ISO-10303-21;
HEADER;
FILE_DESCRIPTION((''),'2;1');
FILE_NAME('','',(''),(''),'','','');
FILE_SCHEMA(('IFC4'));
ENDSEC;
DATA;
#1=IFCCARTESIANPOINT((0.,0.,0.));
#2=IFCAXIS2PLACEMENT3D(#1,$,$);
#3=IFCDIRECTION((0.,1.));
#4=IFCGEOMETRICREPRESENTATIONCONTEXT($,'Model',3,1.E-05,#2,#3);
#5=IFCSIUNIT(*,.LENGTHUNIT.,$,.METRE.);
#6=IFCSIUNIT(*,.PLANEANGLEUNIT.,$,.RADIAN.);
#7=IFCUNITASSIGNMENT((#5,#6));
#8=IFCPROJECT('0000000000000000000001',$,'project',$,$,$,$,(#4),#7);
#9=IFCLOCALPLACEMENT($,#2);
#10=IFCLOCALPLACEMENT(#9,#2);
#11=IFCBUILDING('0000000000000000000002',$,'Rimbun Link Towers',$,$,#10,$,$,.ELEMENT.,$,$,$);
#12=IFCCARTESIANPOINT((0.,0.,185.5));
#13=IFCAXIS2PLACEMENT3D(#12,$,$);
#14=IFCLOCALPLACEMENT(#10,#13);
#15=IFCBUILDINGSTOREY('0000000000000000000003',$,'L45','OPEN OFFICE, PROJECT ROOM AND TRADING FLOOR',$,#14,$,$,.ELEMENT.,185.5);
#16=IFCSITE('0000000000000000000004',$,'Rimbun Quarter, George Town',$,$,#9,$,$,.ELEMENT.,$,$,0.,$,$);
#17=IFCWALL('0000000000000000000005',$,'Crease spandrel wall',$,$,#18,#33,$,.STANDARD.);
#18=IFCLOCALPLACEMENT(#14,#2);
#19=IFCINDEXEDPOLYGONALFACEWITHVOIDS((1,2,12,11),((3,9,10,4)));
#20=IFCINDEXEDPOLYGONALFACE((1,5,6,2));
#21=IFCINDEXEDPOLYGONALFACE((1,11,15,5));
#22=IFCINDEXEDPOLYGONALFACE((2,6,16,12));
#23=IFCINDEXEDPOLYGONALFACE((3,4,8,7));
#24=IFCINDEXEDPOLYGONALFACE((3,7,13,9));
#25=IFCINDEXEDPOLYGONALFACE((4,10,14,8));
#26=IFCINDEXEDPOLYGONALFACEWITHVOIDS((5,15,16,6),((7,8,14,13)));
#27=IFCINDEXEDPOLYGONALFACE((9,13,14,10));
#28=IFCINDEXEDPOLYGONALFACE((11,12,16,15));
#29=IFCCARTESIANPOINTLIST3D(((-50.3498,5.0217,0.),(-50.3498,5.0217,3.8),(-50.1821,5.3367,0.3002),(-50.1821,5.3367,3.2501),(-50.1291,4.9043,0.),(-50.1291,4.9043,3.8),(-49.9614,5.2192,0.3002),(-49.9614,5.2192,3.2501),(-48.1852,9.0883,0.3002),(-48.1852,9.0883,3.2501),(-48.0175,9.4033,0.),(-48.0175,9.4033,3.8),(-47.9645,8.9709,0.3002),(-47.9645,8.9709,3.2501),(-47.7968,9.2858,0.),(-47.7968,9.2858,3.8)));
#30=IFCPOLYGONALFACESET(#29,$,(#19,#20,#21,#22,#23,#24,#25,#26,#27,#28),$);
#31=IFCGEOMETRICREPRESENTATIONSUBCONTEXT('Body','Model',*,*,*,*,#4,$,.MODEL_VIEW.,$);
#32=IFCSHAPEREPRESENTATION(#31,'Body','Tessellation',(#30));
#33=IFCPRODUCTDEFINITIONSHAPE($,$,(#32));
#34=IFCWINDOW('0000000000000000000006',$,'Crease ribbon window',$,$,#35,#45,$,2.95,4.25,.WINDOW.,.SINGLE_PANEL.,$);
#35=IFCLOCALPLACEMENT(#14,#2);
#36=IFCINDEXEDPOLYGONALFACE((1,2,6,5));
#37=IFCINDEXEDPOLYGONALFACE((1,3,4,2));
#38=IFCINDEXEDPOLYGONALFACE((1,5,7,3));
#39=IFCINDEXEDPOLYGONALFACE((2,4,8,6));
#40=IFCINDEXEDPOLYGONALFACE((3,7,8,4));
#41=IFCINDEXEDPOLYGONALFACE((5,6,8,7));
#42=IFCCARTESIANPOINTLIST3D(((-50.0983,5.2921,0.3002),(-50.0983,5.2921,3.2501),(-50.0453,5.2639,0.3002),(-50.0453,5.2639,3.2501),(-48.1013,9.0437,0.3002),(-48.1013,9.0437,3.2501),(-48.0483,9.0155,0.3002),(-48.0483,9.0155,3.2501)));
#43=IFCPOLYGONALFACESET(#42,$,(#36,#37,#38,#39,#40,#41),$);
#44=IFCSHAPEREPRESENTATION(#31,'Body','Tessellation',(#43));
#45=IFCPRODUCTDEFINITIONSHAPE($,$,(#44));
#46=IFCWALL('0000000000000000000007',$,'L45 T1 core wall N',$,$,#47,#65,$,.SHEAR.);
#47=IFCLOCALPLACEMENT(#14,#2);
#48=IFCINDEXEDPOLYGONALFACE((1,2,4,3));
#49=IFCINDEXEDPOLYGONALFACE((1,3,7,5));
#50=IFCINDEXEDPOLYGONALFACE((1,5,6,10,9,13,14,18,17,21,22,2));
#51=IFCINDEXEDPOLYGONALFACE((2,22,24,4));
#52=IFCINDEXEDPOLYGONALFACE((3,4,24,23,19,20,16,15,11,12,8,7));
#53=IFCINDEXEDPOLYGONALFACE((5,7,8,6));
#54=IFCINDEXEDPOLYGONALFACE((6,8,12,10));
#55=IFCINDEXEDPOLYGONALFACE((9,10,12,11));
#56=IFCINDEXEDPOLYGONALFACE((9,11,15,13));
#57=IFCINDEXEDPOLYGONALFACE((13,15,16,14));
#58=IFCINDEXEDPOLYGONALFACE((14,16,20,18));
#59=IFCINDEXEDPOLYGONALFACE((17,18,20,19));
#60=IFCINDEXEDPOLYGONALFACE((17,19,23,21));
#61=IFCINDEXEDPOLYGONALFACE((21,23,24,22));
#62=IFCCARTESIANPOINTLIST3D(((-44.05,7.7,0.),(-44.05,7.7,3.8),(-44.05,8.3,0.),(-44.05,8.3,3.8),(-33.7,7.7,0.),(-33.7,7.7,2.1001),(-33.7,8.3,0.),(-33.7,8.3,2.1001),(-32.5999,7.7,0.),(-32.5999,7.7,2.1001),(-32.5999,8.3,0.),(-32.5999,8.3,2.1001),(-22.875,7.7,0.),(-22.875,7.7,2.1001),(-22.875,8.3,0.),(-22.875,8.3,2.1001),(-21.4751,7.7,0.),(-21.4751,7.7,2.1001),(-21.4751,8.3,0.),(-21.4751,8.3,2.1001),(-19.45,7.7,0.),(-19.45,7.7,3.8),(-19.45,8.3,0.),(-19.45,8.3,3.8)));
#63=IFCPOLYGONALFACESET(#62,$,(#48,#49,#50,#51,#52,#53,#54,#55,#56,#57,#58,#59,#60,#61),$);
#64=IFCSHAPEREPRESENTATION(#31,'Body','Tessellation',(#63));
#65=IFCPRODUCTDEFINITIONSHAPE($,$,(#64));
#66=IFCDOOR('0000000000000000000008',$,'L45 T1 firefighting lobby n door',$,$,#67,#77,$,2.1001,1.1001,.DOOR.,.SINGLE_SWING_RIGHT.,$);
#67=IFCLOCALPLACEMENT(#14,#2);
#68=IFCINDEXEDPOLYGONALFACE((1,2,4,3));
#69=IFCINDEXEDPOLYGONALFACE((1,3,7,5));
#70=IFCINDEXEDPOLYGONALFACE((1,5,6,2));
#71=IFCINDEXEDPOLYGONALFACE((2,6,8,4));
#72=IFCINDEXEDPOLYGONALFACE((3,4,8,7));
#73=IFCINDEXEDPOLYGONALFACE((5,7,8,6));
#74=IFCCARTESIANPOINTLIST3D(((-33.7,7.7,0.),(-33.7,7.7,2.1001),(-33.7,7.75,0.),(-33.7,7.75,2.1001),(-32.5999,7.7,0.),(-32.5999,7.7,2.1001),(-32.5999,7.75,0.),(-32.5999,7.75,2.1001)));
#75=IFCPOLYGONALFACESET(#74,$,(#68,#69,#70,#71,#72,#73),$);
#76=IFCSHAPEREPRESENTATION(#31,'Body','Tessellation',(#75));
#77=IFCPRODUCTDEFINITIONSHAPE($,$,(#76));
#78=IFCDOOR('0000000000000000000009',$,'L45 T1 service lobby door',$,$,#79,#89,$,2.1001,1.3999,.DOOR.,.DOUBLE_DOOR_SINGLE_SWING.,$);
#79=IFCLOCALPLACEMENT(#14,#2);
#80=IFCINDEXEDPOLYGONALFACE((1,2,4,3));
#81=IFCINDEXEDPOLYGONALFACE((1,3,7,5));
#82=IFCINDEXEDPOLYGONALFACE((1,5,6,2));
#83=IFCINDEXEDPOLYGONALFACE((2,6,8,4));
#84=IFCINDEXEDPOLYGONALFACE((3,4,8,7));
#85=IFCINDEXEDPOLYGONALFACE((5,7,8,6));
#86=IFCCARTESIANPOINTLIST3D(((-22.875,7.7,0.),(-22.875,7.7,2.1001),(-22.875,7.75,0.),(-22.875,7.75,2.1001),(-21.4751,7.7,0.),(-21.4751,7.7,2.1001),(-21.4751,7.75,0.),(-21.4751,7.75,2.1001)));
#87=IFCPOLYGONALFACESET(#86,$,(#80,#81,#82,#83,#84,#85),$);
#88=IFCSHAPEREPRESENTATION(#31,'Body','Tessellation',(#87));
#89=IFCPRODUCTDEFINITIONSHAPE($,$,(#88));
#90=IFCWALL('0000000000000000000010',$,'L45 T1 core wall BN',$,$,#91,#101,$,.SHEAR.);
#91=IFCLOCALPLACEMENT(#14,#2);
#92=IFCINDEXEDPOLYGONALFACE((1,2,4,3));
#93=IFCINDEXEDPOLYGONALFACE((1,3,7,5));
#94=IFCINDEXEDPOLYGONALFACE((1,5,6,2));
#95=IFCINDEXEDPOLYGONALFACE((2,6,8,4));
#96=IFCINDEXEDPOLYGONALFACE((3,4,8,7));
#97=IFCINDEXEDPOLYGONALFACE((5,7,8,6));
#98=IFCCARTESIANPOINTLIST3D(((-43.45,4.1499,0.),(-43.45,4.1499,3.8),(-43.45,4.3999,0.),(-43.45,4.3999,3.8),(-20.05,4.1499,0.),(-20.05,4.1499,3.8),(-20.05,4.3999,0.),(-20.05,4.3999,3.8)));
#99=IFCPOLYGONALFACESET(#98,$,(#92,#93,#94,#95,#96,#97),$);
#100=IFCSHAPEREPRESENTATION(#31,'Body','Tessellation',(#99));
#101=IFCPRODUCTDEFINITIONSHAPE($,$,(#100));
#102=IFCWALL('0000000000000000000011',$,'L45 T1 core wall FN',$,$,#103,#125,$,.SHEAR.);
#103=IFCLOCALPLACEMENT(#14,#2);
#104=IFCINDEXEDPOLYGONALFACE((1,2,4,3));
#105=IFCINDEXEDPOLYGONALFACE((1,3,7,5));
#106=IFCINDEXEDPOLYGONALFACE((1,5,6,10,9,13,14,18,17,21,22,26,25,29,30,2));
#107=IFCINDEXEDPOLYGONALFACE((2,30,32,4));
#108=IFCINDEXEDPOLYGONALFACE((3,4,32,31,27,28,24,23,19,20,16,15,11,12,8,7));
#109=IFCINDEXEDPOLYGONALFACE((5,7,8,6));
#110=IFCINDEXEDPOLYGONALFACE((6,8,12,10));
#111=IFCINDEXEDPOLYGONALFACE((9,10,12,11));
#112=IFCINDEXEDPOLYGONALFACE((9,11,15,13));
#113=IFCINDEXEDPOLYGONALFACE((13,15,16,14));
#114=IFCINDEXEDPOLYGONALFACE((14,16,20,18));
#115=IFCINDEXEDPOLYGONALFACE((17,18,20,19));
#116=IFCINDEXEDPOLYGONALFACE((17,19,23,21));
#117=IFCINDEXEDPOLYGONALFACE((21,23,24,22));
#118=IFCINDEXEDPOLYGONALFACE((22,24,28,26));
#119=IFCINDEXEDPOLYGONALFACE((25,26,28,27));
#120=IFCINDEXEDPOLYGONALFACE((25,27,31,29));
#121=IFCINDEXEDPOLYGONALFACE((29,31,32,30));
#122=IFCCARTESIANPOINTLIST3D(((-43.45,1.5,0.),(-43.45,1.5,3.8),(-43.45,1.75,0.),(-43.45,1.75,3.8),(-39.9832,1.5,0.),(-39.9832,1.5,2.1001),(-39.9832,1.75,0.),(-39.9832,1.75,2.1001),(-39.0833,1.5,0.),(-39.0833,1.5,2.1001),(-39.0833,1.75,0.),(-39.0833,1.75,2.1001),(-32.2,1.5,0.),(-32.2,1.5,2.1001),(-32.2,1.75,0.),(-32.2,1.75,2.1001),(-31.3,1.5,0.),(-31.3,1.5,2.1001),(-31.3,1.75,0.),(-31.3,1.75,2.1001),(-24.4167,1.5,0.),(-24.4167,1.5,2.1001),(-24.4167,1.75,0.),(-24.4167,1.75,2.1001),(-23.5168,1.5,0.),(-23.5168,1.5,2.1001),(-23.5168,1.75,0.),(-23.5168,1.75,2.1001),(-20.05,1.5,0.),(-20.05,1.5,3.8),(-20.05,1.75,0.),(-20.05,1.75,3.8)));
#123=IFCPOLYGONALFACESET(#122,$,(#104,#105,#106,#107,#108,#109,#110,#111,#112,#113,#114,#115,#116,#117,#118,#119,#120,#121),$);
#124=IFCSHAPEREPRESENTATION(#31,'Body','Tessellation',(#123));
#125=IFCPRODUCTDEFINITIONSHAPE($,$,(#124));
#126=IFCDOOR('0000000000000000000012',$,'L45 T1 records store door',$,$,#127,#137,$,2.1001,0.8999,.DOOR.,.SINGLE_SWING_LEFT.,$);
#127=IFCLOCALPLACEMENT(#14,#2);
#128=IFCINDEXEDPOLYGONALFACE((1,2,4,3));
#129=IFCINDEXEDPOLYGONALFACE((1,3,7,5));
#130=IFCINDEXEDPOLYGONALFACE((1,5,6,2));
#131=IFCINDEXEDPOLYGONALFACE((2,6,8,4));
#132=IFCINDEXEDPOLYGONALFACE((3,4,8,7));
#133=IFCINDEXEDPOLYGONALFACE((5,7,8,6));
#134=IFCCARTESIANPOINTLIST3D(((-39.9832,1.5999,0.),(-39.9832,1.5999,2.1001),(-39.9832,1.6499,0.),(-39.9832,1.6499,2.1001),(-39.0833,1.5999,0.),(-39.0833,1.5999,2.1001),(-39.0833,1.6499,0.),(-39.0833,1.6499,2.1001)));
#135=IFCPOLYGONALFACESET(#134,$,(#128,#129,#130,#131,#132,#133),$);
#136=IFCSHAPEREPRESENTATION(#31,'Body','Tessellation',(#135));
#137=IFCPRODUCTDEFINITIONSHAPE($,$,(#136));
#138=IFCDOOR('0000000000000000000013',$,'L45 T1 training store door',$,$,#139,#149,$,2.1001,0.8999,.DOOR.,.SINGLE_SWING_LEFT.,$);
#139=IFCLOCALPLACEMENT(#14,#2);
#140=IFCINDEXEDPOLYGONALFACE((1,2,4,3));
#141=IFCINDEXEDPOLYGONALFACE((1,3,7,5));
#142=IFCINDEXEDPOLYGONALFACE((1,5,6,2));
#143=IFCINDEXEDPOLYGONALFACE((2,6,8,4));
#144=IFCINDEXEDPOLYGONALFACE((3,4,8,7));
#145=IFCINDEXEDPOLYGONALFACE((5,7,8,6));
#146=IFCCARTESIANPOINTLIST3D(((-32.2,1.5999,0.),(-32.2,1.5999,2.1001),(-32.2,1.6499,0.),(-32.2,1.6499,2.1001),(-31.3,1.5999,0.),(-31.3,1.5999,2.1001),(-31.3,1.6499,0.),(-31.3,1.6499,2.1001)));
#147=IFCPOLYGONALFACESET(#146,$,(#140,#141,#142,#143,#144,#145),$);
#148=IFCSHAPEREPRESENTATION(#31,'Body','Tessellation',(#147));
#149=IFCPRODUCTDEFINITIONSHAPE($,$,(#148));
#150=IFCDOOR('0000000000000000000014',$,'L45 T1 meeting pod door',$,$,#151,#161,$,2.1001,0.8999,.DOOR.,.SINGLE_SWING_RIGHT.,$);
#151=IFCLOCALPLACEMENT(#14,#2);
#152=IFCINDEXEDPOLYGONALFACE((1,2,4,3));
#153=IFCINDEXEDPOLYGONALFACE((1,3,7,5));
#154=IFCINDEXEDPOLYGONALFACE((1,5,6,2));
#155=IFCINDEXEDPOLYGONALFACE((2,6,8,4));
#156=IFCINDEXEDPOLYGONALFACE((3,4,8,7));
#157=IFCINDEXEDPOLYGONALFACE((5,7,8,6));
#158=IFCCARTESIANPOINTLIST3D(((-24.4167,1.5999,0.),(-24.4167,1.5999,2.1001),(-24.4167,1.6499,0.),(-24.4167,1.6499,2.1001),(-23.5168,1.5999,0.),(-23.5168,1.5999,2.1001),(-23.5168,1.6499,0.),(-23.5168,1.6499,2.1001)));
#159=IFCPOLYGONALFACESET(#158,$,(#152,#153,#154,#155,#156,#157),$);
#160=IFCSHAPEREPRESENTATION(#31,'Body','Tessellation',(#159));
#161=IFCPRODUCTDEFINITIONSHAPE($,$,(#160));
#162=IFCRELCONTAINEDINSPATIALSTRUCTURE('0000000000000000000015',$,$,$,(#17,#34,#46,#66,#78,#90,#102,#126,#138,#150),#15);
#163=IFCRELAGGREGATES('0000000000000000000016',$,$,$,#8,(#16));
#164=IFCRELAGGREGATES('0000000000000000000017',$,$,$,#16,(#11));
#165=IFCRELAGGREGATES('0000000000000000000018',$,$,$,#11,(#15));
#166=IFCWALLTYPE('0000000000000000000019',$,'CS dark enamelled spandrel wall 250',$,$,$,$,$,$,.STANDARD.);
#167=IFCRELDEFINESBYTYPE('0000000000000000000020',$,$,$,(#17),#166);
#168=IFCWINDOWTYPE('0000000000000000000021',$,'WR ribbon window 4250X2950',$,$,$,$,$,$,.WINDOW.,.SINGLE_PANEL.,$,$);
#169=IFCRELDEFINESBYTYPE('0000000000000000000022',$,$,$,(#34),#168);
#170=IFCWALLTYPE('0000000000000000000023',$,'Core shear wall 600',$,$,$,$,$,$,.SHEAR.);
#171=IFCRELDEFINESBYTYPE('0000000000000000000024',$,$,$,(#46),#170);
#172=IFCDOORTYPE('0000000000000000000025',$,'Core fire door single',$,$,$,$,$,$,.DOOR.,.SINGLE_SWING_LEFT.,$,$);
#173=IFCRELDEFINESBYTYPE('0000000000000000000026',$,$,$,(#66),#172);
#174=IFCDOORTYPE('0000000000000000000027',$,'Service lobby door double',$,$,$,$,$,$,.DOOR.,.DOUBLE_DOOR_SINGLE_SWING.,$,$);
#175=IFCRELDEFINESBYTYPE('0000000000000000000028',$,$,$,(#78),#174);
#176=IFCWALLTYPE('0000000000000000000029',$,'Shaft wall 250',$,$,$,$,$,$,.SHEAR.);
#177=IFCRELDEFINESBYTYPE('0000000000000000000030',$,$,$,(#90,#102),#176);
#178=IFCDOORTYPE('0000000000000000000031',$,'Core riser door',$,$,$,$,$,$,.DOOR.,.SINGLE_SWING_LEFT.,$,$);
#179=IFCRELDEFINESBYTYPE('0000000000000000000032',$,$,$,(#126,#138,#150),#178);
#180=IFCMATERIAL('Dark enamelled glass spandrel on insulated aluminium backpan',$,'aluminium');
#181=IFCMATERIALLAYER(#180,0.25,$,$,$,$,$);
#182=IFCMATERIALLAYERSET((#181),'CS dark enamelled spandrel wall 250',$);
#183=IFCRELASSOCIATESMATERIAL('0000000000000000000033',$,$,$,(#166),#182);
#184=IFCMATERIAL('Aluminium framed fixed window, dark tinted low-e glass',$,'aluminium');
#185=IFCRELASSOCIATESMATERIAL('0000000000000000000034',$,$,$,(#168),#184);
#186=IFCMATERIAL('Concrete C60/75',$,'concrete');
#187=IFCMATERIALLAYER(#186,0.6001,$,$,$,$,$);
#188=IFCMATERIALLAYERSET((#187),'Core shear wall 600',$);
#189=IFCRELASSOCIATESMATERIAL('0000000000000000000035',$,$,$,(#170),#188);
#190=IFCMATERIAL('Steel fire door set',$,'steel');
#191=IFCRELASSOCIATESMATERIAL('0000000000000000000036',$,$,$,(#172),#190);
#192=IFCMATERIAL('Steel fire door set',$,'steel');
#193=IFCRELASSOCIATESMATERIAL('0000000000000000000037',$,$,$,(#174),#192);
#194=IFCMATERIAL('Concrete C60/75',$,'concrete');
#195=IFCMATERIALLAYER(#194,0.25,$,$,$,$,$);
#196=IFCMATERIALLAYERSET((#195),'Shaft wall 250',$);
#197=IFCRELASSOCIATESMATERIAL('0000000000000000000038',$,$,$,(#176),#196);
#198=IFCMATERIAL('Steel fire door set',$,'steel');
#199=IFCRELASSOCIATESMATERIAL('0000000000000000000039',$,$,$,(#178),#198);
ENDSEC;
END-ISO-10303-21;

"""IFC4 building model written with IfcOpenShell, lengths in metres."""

from ifc_helpers import new_model, si_unit, direction, frame, frame_2d, origin, place, context, subcontext, project, spatial, rectangle, extrude, material, layer, layer_set, type_object, element, fill, save


model = new_model("IFC4")

# Units and contexts
model_context = context("Model", 3, precision=1e-05, world=origin(), true_north=direction((0.0, 1.0)))
body_context = subcontext(model_context, "Body", "Model", "MODEL_VIEW")
ifc_project = project(units=[si_unit("LENGTHUNIT", "METRE"), si_unit("PLANEANGLEUNIT", "RADIAN")], contexts=[model_context])

# Site, building, storey
site_placement = place(None, origin())
site = spatial("IfcSite", under=ifc_project, at=site_placement, Name="Rimbun Quarter, George Town", CompositionType="ELEMENT", RefElevation=0.0)
building_placement = place(site_placement, origin())
building = spatial("IfcBuilding", under=site, at=building_placement, Name="Rimbun Link Towers", CompositionType="ELEMENT")
storey_placement = place(building_placement, frame((0.0, 0.0, 185.5)))
storey = spatial("IfcBuildingStorey", under=building, at=storey_placement, Name="L45", Description="OPEN OFFICE, PROJECT ROOM AND TRADING FLOOR", CompositionType="ELEMENT", Elevation=185.5)

# Wall, opening, window
ifc_material_1 = material(Name="Dark enamelled glass spandrel on insulated aluminium backpan", Category="aluminium")
ifc_layer_1 = layer(ifc_material_1, 0.25)
ifc_layer_set_1 = layer_set([ifc_layer_1], Name="CS dark enamelled spandrel wall 250")
wall_type_1 = type_object("IfcWallType", Name="CS dark enamelled spandrel wall 250", PredefinedType="STANDARD", material=ifc_layer_set_1)
wall_1_placement = place(storey_placement, frame((-50.2395, 4.9629, 0.0), z_axis=(0.0, 0.0, 1.0), x_axis=(0.469871, 0.882735, 0.0)))
wall_1 = element("IfcWall", 1, at=wall_1_placement, inside=storey, type_object=wall_type_1, Name="Crease spandrel wall", PredefinedType="STANDARD", context=body_context, shape_type="SweptSolid", body=[
    extrude(rectangle(XDim=4.9636, YDim=0.25, at=frame_2d((2.4819, 0.0))), origin(), (0.0, 0.0, 1.0), 3.8),
])
opening_1_placement = place(wall_1_placement, frame((0.3569, 0.0, 0.3)))
opening_1 = element("IfcOpeningElement", 2, at=opening_1_placement, cuts=wall_1, PredefinedType="OPENING", context=body_context, shape_type="SweptSolid", body=[
    extrude(rectangle(XDim=4.25, YDim=2.95, at=frame_2d((2.125, 1.4751))), frame((0.0, 0.135, 0.0), z_axis=(0.0, -1.0, 0.0), x_axis=(1.0, 0.0, 0.0)), (0.0, 0.0, 1.0), 0.27),
])
ifc_material_2 = material(Name="Aluminium framed fixed window, dark tinted low-e glass", Category="aluminium")
window_type_1 = type_object("IfcWindowType", Name="WR ribbon window 4250X2950", PartitioningType="SINGLE_PANEL", PredefinedType="WINDOW", material=ifc_material_2)
window_1_placement = place(opening_1_placement, origin())
window_1 = element("IfcWindow", 3, at=window_1_placement, inside=storey, type_object=window_type_1, Name="Crease ribbon window", OverallHeight=2.95, OverallWidth=4.25, PartitioningType="SINGLE_PANEL", PredefinedType="WINDOW", context=body_context, shape_type="SweptSolid", body=[
    extrude(rectangle(XDim=4.25, YDim=2.95, at=frame_2d((2.125, 1.4751))), frame((0.0, 0.03, 0.0), z_axis=(0.0, -1.0, 0.0), x_axis=(1.0, 0.0, 0.0)), (0.0, 0.0, 1.0), 0.0601),
])
fill(opening_1, window_1)

# Wall, openings, doors
ifc_material_3 = material(Name="Concrete C60/75", Category="concrete")
ifc_layer_2 = layer(ifc_material_3, 0.6001)
ifc_layer_set_2 = layer_set([ifc_layer_2], Name="Core shear wall 600")
wall_type_2 = type_object("IfcWallType", Name="Core shear wall 600", PredefinedType="SHEAR", material=ifc_layer_set_2)
wall_2_placement = place(storey_placement, frame((-44.05, 8.0, 0.0), z_axis=(0.0, 0.0, 1.0), x_axis=(1.0, 0.0, 0.0)))
wall_2 = element("IfcWall", 4, at=wall_2_placement, inside=storey, type_object=wall_type_2, Name="L45 T1 core wall N", PredefinedType="SHEAR", context=body_context, shape_type="SweptSolid", body=[
    extrude(rectangle(XDim=24.6001, YDim=0.6001, at=frame_2d((12.3, 0.0))), origin(), (0.0, 0.0, 1.0), 3.8),
])
opening_2_placement = place(wall_2_placement, frame((10.3501, 0.0, 0.0)))
opening_2 = element("IfcOpeningElement", 5, at=opening_2_placement, cuts=wall_2, PredefinedType="OPENING", context=body_context, shape_type="SweptSolid", body=[
    extrude(rectangle(XDim=1.1001, YDim=2.1001, at=frame_2d((0.55, 1.05))), frame((0.0, 0.3101, 0.0), z_axis=(0.0, -1.0, 0.0), x_axis=(1.0, 0.0, 0.0)), (0.0, 0.0, 1.0), 0.6201),
])
opening_3_placement = place(wall_2_placement, frame((21.175, 0.0, 0.0)))
opening_3 = element("IfcOpeningElement", 6, at=opening_3_placement, cuts=wall_2, PredefinedType="OPENING", context=body_context, shape_type="SweptSolid", body=[
    extrude(rectangle(XDim=1.3999, YDim=2.1001, at=frame_2d((0.7, 1.05))), frame((0.0, 0.3101, 0.0), z_axis=(0.0, -1.0, 0.0), x_axis=(1.0, 0.0, 0.0)), (0.0, 0.0, 1.0), 0.6201),
])
ifc_material_4 = material(Name="Steel fire door set", Category="steel")
door_type_1 = type_object("IfcDoorType", Name="Core fire door single", OperationType="SINGLE_SWING_LEFT", PredefinedType="DOOR", material=ifc_material_4)
door_1_placement = place(opening_2_placement, origin())
door_1 = element("IfcDoor", 7, at=door_1_placement, inside=storey, type_object=door_type_1, Name="L45 T1 firefighting lobby n door", OperationType="SINGLE_SWING_RIGHT", OverallHeight=2.1001, OverallWidth=1.1001, PredefinedType="DOOR", context=body_context, shape_type="SweptSolid", body=[
    extrude(rectangle(XDim=1.1001, YDim=2.1001, at=frame_2d((0.55, 1.05))), frame((0.0, -0.25, 0.0), z_axis=(0.0, -1.0, 0.0), x_axis=(1.0, 0.0, 0.0)), (0.0, 0.0, 1.0), 0.05),
])
fill(opening_2, door_1)
ifc_material_5 = material(Name="Steel fire door set", Category="steel")
door_type_2 = type_object("IfcDoorType", Name="Service lobby door double", OperationType="DOUBLE_DOOR_SINGLE_SWING", PredefinedType="DOOR", material=ifc_material_5)
door_2_placement = place(opening_3_placement, origin())
door_2 = element("IfcDoor", 8, at=door_2_placement, inside=storey, type_object=door_type_2, Name="L45 T1 service lobby door", OperationType="DOUBLE_DOOR_SINGLE_SWING", OverallHeight=2.1001, OverallWidth=1.3999, PredefinedType="DOOR", context=body_context, shape_type="SweptSolid", body=[
    extrude(rectangle(XDim=1.3999, YDim=2.1001, at=frame_2d((0.7, 1.05))), frame((0.0, -0.25, 0.0), z_axis=(0.0, -1.0, 0.0), x_axis=(1.0, 0.0, 0.0)), (0.0, 0.0, 1.0), 0.05),
])
fill(opening_3, door_2)

# Wall
ifc_material_6 = material(Name="Concrete C60/75", Category="concrete")
ifc_layer_3 = layer(ifc_material_6, 0.25)
ifc_layer_set_3 = layer_set([ifc_layer_3], Name="Shaft wall 250")
wall_type_3 = type_object("IfcWallType", Name="Shaft wall 250", PredefinedType="SHEAR", material=ifc_layer_set_3)
wall_3_placement = place(storey_placement, frame((-43.45, 4.2749, 0.0), z_axis=(0.0, 0.0, 1.0), x_axis=(1.0, 0.0, 0.0)))
element("IfcWall", 9, at=wall_3_placement, inside=storey, type_object=wall_type_3, Name="L45 T1 core wall BN", PredefinedType="SHEAR", context=body_context, shape_type="SweptSolid", body=[
    extrude(rectangle(XDim=23.3999, YDim=0.25, at=frame_2d((11.7, 0.0))), origin(), (0.0, 0.0, 1.0), 3.8),
])

# Wall, openings, doors
wall_4_placement = place(storey_placement, frame((-43.45, 1.625, 0.0), z_axis=(0.0, 0.0, 1.0), x_axis=(1.0, 0.0, 0.0)))
wall_4 = element("IfcWall", 10, at=wall_4_placement, inside=storey, type_object=wall_type_3, Name="L45 T1 core wall FN", PredefinedType="SHEAR", context=body_context, shape_type="SweptSolid", body=[
    extrude(rectangle(XDim=23.3999, YDim=0.25, at=frame_2d((11.7, 0.0))), origin(), (0.0, 0.0, 1.0), 3.8),
])
opening_4_placement = place(wall_4_placement, frame((3.4668, 0.0, 0.0)))
opening_4 = element("IfcOpeningElement", 11, at=opening_4_placement, cuts=wall_4, PredefinedType="OPENING", context=body_context, shape_type="SweptSolid", body=[
    extrude(rectangle(XDim=0.8999, YDim=2.1001, at=frame_2d((0.45, 1.05))), frame((0.0, 0.135, 0.0), z_axis=(0.0, -1.0, 0.0), x_axis=(1.0, 0.0, 0.0)), (0.0, 0.0, 1.0), 0.27),
])
opening_5_placement = place(wall_4_placement, frame((11.25, 0.0, 0.0)))
opening_5 = element("IfcOpeningElement", 12, at=opening_5_placement, cuts=wall_4, PredefinedType="OPENING", context=body_context, shape_type="SweptSolid", body=[
    extrude(rectangle(XDim=0.8999, YDim=2.1001, at=frame_2d((0.45, 1.05))), frame((0.0, 0.135, 0.0), z_axis=(0.0, -1.0, 0.0), x_axis=(1.0, 0.0, 0.0)), (0.0, 0.0, 1.0), 0.27),
])
opening_6_placement = place(wall_4_placement, frame((19.0332, 0.0, 0.0)))
opening_6 = element("IfcOpeningElement", 13, at=opening_6_placement, cuts=wall_4, PredefinedType="OPENING", context=body_context, shape_type="SweptSolid", body=[
    extrude(rectangle(XDim=0.8999, YDim=2.1001, at=frame_2d((0.45, 1.05))), frame((0.0, 0.135, 0.0), z_axis=(0.0, -1.0, 0.0), x_axis=(1.0, 0.0, 0.0)), (0.0, 0.0, 1.0), 0.27),
])
ifc_material_7 = material(Name="Steel fire door set", Category="steel")
door_type_3 = type_object("IfcDoorType", Name="Core riser door", OperationType="SINGLE_SWING_LEFT", PredefinedType="DOOR", material=ifc_material_7)
door_3_placement = place(opening_4_placement, origin())
door_3 = element("IfcDoor", 14, at=door_3_placement, inside=storey, type_object=door_type_3, Name="L45 T1 records store door", OperationType="SINGLE_SWING_LEFT", OverallHeight=2.1001, OverallWidth=0.8999, PredefinedType="DOOR", context=body_context, shape_type="SweptSolid", body=[
    extrude(rectangle(XDim=0.8999, YDim=2.1001, at=frame_2d((0.45, 1.05))), frame((0.0, 0.0249, 0.0), z_axis=(0.0, -1.0, 0.0), x_axis=(1.0, 0.0, 0.0)), (0.0, 0.0, 1.0), 0.05),
])
fill(opening_4, door_3)
door_4_placement = place(opening_5_placement, origin())
door_4 = element("IfcDoor", 15, at=door_4_placement, inside=storey, type_object=door_type_3, Name="L45 T1 training store door", OperationType="SINGLE_SWING_LEFT", OverallHeight=2.1001, OverallWidth=0.8999, PredefinedType="DOOR", context=body_context, shape_type="SweptSolid", body=[
    extrude(rectangle(XDim=0.8999, YDim=2.1001, at=frame_2d((0.45, 1.05))), frame((0.0, 0.0249, 0.0), z_axis=(0.0, -1.0, 0.0), x_axis=(1.0, 0.0, 0.0)), (0.0, 0.0, 1.0), 0.05),
])
fill(opening_5, door_4)
door_5_placement = place(opening_6_placement, origin())
door_5 = element("IfcDoor", 16, at=door_5_placement, inside=storey, type_object=door_type_3, Name="L45 T1 meeting pod door", OperationType="SINGLE_SWING_RIGHT", OverallHeight=2.1001, OverallWidth=0.8999, PredefinedType="DOOR", context=body_context, shape_type="SweptSolid", body=[
    extrude(rectangle(XDim=0.8999, YDim=2.1001, at=frame_2d((0.45, 1.05))), frame((0.0, 0.0249, 0.0), z_axis=(0.0, -1.0, 0.0), x_axis=(1.0, 0.0, 0.0)), (0.0, 0.0, 1.0), 0.05),
])
fill(opening_6, door_5)

save(model, "model.ifc")
